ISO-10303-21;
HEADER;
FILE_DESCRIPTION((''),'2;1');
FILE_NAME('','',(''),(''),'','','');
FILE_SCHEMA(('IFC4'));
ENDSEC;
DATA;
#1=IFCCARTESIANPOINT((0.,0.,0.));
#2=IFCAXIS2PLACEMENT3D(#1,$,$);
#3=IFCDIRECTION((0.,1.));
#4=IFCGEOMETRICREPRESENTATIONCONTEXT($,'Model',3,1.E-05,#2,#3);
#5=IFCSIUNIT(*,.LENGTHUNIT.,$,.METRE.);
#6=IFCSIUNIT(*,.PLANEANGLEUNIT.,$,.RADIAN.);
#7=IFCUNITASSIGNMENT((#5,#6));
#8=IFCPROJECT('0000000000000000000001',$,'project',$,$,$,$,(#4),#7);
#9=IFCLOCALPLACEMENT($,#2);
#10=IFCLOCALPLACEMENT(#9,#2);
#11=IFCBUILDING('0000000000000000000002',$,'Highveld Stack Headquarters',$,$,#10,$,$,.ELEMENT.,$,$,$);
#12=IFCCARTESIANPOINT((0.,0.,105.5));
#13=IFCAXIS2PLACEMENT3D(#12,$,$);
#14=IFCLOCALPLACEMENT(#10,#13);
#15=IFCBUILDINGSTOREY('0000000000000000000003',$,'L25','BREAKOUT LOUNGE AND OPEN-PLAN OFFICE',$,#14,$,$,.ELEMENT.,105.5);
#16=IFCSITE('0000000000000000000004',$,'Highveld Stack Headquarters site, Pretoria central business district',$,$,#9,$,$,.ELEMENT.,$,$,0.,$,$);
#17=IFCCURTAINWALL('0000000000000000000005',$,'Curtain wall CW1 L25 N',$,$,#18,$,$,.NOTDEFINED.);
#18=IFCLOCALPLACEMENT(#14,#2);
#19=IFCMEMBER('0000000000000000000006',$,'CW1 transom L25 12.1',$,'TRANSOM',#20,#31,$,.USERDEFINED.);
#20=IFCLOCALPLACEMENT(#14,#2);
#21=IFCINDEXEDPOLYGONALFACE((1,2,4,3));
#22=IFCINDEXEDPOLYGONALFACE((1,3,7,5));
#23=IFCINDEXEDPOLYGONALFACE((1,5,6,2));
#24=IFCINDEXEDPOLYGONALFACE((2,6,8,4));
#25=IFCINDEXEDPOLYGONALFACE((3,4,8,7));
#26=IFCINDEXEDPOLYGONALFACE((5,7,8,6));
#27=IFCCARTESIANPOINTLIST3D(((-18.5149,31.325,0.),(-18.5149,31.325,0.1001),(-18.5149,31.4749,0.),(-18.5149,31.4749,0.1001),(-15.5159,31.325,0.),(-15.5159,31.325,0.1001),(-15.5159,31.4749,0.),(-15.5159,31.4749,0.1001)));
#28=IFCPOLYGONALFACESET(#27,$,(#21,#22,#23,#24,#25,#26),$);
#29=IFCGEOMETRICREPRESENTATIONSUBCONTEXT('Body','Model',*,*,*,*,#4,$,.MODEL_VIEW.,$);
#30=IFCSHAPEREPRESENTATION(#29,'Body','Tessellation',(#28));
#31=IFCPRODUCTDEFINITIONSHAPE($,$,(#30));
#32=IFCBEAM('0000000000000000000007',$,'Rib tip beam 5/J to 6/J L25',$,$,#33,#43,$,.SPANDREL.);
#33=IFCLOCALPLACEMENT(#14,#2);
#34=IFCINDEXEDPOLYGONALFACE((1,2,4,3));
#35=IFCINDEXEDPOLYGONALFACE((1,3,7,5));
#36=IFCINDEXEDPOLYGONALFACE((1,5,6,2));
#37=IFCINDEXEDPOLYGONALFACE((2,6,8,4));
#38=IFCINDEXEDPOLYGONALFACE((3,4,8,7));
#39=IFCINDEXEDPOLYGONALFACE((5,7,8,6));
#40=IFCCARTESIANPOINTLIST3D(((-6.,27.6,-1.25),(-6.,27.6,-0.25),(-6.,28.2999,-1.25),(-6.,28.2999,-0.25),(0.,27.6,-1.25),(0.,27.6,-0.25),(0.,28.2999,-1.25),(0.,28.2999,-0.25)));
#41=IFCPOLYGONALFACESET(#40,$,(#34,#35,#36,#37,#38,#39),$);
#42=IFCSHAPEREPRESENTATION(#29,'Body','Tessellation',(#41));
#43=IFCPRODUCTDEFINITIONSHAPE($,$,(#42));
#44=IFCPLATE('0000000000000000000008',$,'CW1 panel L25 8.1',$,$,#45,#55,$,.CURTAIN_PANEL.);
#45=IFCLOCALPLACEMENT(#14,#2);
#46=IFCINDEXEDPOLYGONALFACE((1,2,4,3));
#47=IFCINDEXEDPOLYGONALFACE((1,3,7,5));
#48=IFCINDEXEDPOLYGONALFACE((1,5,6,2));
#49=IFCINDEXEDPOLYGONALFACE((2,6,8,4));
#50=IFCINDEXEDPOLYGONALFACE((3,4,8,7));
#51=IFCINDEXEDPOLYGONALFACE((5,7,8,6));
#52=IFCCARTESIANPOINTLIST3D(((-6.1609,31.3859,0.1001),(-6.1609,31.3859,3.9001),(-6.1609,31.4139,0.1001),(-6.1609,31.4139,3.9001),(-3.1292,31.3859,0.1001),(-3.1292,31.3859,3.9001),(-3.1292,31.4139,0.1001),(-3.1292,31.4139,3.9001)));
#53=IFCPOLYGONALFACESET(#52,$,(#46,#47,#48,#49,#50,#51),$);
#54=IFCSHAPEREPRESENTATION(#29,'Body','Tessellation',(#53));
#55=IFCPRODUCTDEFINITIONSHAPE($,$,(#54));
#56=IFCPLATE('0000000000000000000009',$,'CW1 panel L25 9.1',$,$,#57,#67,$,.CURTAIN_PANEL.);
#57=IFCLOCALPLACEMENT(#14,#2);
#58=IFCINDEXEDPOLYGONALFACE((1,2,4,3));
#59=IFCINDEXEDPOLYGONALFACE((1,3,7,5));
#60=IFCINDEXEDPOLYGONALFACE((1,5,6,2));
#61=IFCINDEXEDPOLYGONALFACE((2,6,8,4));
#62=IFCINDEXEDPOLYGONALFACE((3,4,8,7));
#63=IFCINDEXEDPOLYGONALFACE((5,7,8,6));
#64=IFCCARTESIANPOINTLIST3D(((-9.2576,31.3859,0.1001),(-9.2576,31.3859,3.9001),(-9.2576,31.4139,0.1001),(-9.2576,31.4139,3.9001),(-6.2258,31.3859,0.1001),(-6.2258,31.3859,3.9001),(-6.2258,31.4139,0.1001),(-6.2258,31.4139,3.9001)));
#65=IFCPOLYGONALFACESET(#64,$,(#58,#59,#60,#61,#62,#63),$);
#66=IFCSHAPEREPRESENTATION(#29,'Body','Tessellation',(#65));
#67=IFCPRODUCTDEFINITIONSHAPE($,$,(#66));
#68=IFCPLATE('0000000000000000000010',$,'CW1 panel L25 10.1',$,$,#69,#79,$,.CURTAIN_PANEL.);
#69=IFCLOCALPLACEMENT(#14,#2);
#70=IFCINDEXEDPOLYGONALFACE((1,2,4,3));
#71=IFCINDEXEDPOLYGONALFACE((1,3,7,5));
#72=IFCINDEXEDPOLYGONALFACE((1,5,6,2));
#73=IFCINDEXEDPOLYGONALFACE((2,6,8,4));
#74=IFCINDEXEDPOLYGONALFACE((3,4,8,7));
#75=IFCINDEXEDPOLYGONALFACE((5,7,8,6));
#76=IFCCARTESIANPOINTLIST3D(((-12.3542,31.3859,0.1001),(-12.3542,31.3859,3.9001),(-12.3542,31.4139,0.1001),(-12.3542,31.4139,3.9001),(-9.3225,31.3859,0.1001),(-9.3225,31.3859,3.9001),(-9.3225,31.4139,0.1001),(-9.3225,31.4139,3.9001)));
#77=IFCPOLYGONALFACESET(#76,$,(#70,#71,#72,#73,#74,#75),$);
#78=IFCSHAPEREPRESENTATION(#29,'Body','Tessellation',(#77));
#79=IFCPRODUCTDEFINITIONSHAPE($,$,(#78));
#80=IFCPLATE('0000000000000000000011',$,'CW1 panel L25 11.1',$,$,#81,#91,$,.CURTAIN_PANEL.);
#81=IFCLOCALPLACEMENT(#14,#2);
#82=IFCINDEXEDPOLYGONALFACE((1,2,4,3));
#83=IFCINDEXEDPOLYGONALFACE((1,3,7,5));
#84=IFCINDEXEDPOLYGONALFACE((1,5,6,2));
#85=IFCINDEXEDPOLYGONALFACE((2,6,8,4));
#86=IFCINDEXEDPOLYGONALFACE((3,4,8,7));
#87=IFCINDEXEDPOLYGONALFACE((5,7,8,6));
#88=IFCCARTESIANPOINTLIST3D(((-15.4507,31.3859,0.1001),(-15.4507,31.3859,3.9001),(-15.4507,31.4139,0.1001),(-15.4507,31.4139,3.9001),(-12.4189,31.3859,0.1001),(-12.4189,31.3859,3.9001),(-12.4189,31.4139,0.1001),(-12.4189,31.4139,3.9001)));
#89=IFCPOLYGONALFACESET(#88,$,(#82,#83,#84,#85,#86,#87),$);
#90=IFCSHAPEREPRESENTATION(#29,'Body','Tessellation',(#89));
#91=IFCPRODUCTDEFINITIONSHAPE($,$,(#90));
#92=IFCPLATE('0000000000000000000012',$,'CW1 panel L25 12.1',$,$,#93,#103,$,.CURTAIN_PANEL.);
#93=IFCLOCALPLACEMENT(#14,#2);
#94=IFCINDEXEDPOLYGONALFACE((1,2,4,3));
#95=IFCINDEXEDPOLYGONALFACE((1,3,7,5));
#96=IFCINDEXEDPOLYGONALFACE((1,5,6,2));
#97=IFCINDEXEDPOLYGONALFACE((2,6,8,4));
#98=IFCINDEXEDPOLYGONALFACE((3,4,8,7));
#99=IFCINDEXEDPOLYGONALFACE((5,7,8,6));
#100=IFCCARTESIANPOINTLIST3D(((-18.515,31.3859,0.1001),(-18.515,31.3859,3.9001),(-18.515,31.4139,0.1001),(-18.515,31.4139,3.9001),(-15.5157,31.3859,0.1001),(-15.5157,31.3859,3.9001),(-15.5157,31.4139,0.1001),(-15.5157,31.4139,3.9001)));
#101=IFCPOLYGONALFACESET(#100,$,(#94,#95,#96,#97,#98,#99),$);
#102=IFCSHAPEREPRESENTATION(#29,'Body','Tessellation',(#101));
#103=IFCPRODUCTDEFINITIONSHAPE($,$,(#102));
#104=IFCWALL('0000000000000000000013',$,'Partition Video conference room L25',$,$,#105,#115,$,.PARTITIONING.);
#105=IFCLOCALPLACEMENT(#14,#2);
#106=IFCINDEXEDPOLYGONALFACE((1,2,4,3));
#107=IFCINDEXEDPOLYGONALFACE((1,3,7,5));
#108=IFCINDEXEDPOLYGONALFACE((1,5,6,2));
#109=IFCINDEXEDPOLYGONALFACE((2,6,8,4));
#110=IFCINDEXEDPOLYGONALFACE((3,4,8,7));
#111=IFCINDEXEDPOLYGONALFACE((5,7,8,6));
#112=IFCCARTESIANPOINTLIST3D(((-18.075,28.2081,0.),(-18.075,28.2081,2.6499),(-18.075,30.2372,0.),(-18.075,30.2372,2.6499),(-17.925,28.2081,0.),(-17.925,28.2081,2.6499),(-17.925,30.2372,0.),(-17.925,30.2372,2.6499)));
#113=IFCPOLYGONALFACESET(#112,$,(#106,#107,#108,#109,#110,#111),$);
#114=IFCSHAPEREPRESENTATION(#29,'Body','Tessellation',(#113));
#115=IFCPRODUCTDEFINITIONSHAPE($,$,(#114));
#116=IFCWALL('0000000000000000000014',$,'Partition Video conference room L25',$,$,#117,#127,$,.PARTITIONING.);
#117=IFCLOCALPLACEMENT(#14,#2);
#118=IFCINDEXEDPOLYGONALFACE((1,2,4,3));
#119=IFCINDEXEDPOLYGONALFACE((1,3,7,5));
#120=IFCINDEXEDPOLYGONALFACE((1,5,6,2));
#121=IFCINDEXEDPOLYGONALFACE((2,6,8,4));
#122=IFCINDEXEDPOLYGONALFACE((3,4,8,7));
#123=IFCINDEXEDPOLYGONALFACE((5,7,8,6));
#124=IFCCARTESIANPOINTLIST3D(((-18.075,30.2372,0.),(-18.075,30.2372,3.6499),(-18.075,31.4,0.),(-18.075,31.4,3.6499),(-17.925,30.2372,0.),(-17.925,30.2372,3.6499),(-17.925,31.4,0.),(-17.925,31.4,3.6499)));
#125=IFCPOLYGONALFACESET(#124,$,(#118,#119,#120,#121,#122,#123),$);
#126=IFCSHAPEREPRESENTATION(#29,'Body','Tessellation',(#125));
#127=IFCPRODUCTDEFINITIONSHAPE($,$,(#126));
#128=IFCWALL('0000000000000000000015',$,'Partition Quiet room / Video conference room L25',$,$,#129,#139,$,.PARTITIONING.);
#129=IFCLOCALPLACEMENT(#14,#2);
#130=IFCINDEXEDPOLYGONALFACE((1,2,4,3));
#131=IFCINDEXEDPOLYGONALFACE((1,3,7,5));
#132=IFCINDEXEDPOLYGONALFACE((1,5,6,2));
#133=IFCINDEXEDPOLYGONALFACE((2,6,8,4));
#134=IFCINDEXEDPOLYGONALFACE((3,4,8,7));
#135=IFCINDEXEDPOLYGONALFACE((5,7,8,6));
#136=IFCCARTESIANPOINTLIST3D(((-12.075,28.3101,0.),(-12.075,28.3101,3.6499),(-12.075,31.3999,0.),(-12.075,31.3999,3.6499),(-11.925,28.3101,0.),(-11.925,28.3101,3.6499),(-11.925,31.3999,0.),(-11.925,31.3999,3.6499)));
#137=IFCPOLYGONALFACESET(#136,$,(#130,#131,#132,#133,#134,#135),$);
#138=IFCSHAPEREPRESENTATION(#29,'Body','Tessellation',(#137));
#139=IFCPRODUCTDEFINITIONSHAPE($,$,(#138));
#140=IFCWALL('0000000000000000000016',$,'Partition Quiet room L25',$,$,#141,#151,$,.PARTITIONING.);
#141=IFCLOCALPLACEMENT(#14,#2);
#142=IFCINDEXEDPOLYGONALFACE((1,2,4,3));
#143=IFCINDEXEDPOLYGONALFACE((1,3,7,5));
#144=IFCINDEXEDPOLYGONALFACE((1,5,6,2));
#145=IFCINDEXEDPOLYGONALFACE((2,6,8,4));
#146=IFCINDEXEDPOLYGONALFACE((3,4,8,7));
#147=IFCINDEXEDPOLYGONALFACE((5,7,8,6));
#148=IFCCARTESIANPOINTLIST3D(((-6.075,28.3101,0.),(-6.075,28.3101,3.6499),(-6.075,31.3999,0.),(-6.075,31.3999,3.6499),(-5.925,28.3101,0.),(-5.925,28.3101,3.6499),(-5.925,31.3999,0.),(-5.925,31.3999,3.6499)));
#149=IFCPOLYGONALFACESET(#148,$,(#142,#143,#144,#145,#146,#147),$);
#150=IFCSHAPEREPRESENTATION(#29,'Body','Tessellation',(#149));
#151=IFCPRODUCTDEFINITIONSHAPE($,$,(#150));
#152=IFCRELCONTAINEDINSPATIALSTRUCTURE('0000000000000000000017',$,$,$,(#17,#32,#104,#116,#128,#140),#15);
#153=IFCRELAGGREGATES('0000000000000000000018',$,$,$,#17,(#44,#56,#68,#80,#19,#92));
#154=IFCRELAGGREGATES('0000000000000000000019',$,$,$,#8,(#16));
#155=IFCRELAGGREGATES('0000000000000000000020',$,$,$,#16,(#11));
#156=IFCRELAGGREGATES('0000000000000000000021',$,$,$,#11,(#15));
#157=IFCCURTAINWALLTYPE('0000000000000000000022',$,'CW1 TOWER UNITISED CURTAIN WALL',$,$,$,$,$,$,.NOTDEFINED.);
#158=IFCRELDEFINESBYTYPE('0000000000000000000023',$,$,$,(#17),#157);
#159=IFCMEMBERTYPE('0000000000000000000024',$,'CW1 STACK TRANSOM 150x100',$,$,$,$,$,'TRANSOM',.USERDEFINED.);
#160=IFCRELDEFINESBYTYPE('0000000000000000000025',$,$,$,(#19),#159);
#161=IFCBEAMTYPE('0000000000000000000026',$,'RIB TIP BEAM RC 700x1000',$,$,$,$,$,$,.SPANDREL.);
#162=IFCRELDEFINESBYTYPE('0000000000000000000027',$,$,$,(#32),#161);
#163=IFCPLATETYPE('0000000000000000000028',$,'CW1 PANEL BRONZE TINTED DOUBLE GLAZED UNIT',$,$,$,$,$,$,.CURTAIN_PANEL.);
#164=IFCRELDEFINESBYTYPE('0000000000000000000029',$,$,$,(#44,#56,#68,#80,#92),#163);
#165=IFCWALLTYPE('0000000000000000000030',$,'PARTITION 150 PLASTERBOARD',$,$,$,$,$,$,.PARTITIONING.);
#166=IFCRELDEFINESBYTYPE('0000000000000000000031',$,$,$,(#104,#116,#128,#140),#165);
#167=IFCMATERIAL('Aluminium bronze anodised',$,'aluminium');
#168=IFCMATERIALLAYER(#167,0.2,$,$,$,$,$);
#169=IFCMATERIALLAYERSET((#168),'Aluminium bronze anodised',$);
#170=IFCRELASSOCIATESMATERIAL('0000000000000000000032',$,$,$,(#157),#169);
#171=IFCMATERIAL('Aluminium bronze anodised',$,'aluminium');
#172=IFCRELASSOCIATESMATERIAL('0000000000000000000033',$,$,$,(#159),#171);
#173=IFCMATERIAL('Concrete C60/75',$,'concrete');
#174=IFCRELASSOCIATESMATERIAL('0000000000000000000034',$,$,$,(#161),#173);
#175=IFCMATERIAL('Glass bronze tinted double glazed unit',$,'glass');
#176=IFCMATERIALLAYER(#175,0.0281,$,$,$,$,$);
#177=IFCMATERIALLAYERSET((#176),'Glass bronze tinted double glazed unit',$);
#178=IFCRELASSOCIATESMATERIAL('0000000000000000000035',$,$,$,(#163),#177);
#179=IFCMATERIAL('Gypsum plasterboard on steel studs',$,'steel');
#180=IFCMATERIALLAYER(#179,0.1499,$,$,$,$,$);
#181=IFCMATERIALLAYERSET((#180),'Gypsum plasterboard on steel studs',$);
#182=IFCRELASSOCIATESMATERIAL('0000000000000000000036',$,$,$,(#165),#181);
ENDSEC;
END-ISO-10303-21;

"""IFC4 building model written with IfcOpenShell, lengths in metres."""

from ifc_helpers import new_model, si_unit, direction, frame, frame_2d, origin, origin_2d, place, context, subcontext, project, spatial, rectangle, extrude, material, layer, layer_set, material_profile, profile_set, type_object, element, aggregate, save


model = new_model("IFC4")

# Units and contexts
model_context = context("Model", 3, precision=1e-05, world=origin(), true_north=direction((0.0, 1.0)))
body_context = subcontext(model_context, "Body", "Model", "MODEL_VIEW")
ifc_project = project(units=[si_unit("LENGTHUNIT", "METRE"), si_unit("PLANEANGLEUNIT", "RADIAN")], contexts=[model_context])

# Site, building, storey
site_placement = place(None, origin())
site = spatial("IfcSite", under=ifc_project, at=site_placement, Name="Highveld Stack Headquarters site, Pretoria central business district", CompositionType="ELEMENT", RefElevation=0.0)
building_placement = place(site_placement, origin())
building = spatial("IfcBuilding", under=site, at=building_placement, Name="Highveld Stack Headquarters", CompositionType="ELEMENT")
storey_placement = place(building_placement, frame((0.0, 0.0, 105.5)))
storey = spatial("IfcBuildingStorey", under=building, at=storey_placement, Name="L25", Description="BREAKOUT LOUNGE AND OPEN-PLAN OFFICE", CompositionType="ELEMENT", Elevation=105.5)

# Curtain wall, member
ifc_material_1 = material(Name="Aluminium bronze anodised", Category="aluminium")
ifc_layer_1 = layer(ifc_material_1, 0.2)
ifc_layer_set_1 = layer_set([ifc_layer_1], Name="Aluminium bronze anodised")
curtain_wall_type = type_object("IfcCurtainWallType", Name="CW1 TOWER UNITISED CURTAIN WALL", PredefinedType="NOTDEFINED", material=ifc_layer_set_1)
curtain_wall_placement = place(storey_placement, origin())
curtain_wall = element("IfcCurtainWall", 1, at=curtain_wall_placement, inside=storey, type_object=curtain_wall_type, Name="Curtain wall CW1 L25 N", PredefinedType="NOTDEFINED")
ifc_material_2 = material(Name="Aluminium bronze anodised", Category="aluminium")
ifc_material_profile_1 = material_profile(ifc_material_2, rectangle(XDim=0.1499, YDim=0.1001, at=origin_2d()), Name="CW1 TRANSOM 150x100")
ifc_profile_set_1 = profile_set([ifc_material_profile_1], Name="Aluminium bronze anodised")
member_type_1 = type_object("IfcMemberType", Name="CW1 STACK TRANSOM 150x100", ElementType="TRANSOM", PredefinedType="USERDEFINED", material=ifc_profile_set_1)
member_1_placement = place(storey_placement, frame((-15.5159, 31.3999, 0.05), z_axis=(-1.0, 0.0, 0.0), x_axis=(0.0, -1.0, 0.0)))
member_1 = element("IfcMember", 2, at=member_1_placement, type_object=member_type_1, Name="CW1 transom L25 12.1", ObjectType="TRANSOM", PredefinedType="USERDEFINED", context=body_context, shape_type="SweptSolid", body=[
    extrude(rectangle(XDim=0.1499, YDim=0.1001, at=origin_2d()), origin(), (0.0, 0.0, 1.0), 2.999),
])

# Beam
ifc_material_3 = material(Name="Concrete C60/75", Category="concrete")
ifc_material_profile_2 = material_profile(ifc_material_3, rectangle(XDim=0.7, YDim=1.0, at=origin_2d()), Name="RC 700x1000")
ifc_profile_set_2 = profile_set([ifc_material_profile_2], Name="Concrete C60/75")
beam_type = type_object("IfcBeamType", Name="RIB TIP BEAM RC 700x1000", PredefinedType="SPANDREL", material=ifc_profile_set_2)
beam_placement = place(storey_placement, frame((-6.0, 27.95, -0.75), z_axis=(1.0, 0.0, 0.0), x_axis=(0.0, 1.0, 0.0)))
element("IfcBeam", 3, at=beam_placement, inside=storey, type_object=beam_type, Name="Rib tip beam 5/J to 6/J L25", PredefinedType="SPANDREL", context=body_context, shape_type="SweptSolid", body=[
    extrude(rectangle(XDim=0.7, YDim=1.0, at=origin_2d()), origin(), (0.0, 0.0, 1.0), 6.0),
])

# Plates
ifc_material_4 = material(Name="Glass bronze tinted double glazed unit", Category="glass")
ifc_layer_2 = layer(ifc_material_4, 0.0281)
ifc_layer_set_2 = layer_set([ifc_layer_2], Name="Glass bronze tinted double glazed unit")
plate_type = type_object("IfcPlateType", Name="CW1 PANEL BRONZE TINTED DOUBLE GLAZED UNIT", PredefinedType="CURTAIN_PANEL", material=ifc_layer_set_2)
plate_1_placement = place(storey_placement, frame((-4.645, 31.3999, 0.1001), z_axis=(0.0, 0.0, 1.0), x_axis=(-1.0, 0.0, 0.0)))
plate_1 = element("IfcPlate", 4, at=plate_1_placement, type_object=plate_type, Name="CW1 panel L25 8.1", PredefinedType="CURTAIN_PANEL", context=body_context, shape_type="SweptSolid", body=[
    extrude(rectangle(XDim=3.0317, YDim=0.0281, at=origin_2d()), origin(), (0.0, 0.0, 1.0), 3.8),
])
plate_2_placement = place(storey_placement, frame((-7.7417, 31.3999, 0.1001), z_axis=(0.0, 0.0, 1.0), x_axis=(-1.0, 0.0, 0.0)))
plate_2 = element("IfcPlate", 5, at=plate_2_placement, type_object=plate_type, Name="CW1 panel L25 9.1", PredefinedType="CURTAIN_PANEL", context=body_context, shape_type="SweptSolid", body=[
    extrude(rectangle(XDim=3.0317, YDim=0.0281, at=origin_2d()), origin(), (0.0, 0.0, 1.0), 3.8),
])
plate_3_placement = place(storey_placement, frame((-10.8384, 31.3999, 0.1001), z_axis=(0.0, 0.0, 1.0), x_axis=(-1.0, 0.0, 0.0)))
plate_3 = element("IfcPlate", 6, at=plate_3_placement, type_object=plate_type, Name="CW1 panel L25 10.1", PredefinedType="CURTAIN_PANEL", context=body_context, shape_type="SweptSolid", body=[
    extrude(rectangle(XDim=3.0317, YDim=0.0281, at=origin_2d()), origin(), (0.0, 0.0, 1.0), 3.8),
])
plate_4_placement = place(storey_placement, frame((-13.9348, 31.3999, 0.1001), z_axis=(0.0, 0.0, 1.0), x_axis=(-1.0, 0.0, 0.0)))
plate_4 = element("IfcPlate", 7, at=plate_4_placement, type_object=plate_type, Name="CW1 panel L25 11.1", PredefinedType="CURTAIN_PANEL", context=body_context, shape_type="SweptSolid", body=[
    extrude(rectangle(XDim=3.0317, YDim=0.0281, at=origin_2d()), origin(), (0.0, 0.0, 1.0), 3.8),
])
plate_5_placement = place(storey_placement, frame((-17.0154, 31.3999, 0.1001), z_axis=(0.0, 0.0, 1.0), x_axis=(-1.0, 0.0, 0.0)))
plate_5 = element("IfcPlate", 8, at=plate_5_placement, type_object=plate_type, Name="CW1 panel L25 12.1", PredefinedType="CURTAIN_PANEL", context=body_context, shape_type="SweptSolid", body=[
    extrude(rectangle(XDim=2.9993, YDim=0.0281, at=origin_2d()), origin(), (0.0, 0.0, 1.0), 3.8),
])
aggregate(curtain_wall, [plate_1, plate_2, plate_3, plate_4, member_1, plate_5])

# Walls
ifc_material_5 = material(Name="Gypsum plasterboard on steel studs", Category="steel")
ifc_layer_3 = layer(ifc_material_5, 0.1499)
ifc_layer_set_3 = layer_set([ifc_layer_3], Name="Gypsum plasterboard on steel studs")
wall_type = type_object("IfcWallType", Name="PARTITION 150 PLASTERBOARD", PredefinedType="PARTITIONING", material=ifc_layer_set_3)
wall_1_placement = place(storey_placement, frame((-18.0, 28.208, 0.0), z_axis=(0.0, 0.0, 1.0), x_axis=(0.0, 1.0, 0.0)))
element("IfcWall", 9, at=wall_1_placement, inside=storey, type_object=wall_type, Name="Partition Video conference room L25", PredefinedType="PARTITIONING", context=body_context, shape_type="SweptSolid", body=[
    extrude(rectangle(XDim=2.0291, YDim=0.1499, at=frame_2d((1.0146, 0.0))), origin(), (0.0, 0.0, 1.0), 2.6499),
])
wall_2_placement = place(storey_placement, frame((-18.0, 30.2371, 0.0), z_axis=(0.0, 0.0, 1.0), x_axis=(0.0, 1.0, 0.0)))
element("IfcWall", 10, at=wall_2_placement, inside=storey, type_object=wall_type, Name="Partition Video conference room L25", PredefinedType="PARTITIONING", context=body_context, shape_type="SweptSolid", body=[
    extrude(rectangle(XDim=1.1628, YDim=0.1499, at=frame_2d((0.5815, 0.0))), origin(), (0.0, 0.0, 1.0), 3.6499),
])
for number, where, z_axis, x_axis, name in (
    (11, (-12.0, 28.3101, 0.0), (0.0, 0.0, 1.0), (0.0, 1.0, 0.0), "Partition Quiet room / Video conference room L25"),
    (12, (-6.0, 28.3101, 0.0), (0.0, 0.0, 1.0), (0.0, 1.0, 0.0), "Partition Quiet room L25"),
):
    element("IfcWall", number, at=place(storey_placement, frame(where, z_axis=z_axis, x_axis=x_axis)), inside=storey, type_object=wall_type, Name=name, PredefinedType="PARTITIONING", context=body_context, shape_type="SweptSolid", body=[
        extrude(rectangle(XDim=3.0898, YDim=0.1499, at=frame_2d((1.5449, 0.0))), origin(), (0.0, 0.0, 1.0), 3.6499),
    ])

save(model, "model.ifc")
